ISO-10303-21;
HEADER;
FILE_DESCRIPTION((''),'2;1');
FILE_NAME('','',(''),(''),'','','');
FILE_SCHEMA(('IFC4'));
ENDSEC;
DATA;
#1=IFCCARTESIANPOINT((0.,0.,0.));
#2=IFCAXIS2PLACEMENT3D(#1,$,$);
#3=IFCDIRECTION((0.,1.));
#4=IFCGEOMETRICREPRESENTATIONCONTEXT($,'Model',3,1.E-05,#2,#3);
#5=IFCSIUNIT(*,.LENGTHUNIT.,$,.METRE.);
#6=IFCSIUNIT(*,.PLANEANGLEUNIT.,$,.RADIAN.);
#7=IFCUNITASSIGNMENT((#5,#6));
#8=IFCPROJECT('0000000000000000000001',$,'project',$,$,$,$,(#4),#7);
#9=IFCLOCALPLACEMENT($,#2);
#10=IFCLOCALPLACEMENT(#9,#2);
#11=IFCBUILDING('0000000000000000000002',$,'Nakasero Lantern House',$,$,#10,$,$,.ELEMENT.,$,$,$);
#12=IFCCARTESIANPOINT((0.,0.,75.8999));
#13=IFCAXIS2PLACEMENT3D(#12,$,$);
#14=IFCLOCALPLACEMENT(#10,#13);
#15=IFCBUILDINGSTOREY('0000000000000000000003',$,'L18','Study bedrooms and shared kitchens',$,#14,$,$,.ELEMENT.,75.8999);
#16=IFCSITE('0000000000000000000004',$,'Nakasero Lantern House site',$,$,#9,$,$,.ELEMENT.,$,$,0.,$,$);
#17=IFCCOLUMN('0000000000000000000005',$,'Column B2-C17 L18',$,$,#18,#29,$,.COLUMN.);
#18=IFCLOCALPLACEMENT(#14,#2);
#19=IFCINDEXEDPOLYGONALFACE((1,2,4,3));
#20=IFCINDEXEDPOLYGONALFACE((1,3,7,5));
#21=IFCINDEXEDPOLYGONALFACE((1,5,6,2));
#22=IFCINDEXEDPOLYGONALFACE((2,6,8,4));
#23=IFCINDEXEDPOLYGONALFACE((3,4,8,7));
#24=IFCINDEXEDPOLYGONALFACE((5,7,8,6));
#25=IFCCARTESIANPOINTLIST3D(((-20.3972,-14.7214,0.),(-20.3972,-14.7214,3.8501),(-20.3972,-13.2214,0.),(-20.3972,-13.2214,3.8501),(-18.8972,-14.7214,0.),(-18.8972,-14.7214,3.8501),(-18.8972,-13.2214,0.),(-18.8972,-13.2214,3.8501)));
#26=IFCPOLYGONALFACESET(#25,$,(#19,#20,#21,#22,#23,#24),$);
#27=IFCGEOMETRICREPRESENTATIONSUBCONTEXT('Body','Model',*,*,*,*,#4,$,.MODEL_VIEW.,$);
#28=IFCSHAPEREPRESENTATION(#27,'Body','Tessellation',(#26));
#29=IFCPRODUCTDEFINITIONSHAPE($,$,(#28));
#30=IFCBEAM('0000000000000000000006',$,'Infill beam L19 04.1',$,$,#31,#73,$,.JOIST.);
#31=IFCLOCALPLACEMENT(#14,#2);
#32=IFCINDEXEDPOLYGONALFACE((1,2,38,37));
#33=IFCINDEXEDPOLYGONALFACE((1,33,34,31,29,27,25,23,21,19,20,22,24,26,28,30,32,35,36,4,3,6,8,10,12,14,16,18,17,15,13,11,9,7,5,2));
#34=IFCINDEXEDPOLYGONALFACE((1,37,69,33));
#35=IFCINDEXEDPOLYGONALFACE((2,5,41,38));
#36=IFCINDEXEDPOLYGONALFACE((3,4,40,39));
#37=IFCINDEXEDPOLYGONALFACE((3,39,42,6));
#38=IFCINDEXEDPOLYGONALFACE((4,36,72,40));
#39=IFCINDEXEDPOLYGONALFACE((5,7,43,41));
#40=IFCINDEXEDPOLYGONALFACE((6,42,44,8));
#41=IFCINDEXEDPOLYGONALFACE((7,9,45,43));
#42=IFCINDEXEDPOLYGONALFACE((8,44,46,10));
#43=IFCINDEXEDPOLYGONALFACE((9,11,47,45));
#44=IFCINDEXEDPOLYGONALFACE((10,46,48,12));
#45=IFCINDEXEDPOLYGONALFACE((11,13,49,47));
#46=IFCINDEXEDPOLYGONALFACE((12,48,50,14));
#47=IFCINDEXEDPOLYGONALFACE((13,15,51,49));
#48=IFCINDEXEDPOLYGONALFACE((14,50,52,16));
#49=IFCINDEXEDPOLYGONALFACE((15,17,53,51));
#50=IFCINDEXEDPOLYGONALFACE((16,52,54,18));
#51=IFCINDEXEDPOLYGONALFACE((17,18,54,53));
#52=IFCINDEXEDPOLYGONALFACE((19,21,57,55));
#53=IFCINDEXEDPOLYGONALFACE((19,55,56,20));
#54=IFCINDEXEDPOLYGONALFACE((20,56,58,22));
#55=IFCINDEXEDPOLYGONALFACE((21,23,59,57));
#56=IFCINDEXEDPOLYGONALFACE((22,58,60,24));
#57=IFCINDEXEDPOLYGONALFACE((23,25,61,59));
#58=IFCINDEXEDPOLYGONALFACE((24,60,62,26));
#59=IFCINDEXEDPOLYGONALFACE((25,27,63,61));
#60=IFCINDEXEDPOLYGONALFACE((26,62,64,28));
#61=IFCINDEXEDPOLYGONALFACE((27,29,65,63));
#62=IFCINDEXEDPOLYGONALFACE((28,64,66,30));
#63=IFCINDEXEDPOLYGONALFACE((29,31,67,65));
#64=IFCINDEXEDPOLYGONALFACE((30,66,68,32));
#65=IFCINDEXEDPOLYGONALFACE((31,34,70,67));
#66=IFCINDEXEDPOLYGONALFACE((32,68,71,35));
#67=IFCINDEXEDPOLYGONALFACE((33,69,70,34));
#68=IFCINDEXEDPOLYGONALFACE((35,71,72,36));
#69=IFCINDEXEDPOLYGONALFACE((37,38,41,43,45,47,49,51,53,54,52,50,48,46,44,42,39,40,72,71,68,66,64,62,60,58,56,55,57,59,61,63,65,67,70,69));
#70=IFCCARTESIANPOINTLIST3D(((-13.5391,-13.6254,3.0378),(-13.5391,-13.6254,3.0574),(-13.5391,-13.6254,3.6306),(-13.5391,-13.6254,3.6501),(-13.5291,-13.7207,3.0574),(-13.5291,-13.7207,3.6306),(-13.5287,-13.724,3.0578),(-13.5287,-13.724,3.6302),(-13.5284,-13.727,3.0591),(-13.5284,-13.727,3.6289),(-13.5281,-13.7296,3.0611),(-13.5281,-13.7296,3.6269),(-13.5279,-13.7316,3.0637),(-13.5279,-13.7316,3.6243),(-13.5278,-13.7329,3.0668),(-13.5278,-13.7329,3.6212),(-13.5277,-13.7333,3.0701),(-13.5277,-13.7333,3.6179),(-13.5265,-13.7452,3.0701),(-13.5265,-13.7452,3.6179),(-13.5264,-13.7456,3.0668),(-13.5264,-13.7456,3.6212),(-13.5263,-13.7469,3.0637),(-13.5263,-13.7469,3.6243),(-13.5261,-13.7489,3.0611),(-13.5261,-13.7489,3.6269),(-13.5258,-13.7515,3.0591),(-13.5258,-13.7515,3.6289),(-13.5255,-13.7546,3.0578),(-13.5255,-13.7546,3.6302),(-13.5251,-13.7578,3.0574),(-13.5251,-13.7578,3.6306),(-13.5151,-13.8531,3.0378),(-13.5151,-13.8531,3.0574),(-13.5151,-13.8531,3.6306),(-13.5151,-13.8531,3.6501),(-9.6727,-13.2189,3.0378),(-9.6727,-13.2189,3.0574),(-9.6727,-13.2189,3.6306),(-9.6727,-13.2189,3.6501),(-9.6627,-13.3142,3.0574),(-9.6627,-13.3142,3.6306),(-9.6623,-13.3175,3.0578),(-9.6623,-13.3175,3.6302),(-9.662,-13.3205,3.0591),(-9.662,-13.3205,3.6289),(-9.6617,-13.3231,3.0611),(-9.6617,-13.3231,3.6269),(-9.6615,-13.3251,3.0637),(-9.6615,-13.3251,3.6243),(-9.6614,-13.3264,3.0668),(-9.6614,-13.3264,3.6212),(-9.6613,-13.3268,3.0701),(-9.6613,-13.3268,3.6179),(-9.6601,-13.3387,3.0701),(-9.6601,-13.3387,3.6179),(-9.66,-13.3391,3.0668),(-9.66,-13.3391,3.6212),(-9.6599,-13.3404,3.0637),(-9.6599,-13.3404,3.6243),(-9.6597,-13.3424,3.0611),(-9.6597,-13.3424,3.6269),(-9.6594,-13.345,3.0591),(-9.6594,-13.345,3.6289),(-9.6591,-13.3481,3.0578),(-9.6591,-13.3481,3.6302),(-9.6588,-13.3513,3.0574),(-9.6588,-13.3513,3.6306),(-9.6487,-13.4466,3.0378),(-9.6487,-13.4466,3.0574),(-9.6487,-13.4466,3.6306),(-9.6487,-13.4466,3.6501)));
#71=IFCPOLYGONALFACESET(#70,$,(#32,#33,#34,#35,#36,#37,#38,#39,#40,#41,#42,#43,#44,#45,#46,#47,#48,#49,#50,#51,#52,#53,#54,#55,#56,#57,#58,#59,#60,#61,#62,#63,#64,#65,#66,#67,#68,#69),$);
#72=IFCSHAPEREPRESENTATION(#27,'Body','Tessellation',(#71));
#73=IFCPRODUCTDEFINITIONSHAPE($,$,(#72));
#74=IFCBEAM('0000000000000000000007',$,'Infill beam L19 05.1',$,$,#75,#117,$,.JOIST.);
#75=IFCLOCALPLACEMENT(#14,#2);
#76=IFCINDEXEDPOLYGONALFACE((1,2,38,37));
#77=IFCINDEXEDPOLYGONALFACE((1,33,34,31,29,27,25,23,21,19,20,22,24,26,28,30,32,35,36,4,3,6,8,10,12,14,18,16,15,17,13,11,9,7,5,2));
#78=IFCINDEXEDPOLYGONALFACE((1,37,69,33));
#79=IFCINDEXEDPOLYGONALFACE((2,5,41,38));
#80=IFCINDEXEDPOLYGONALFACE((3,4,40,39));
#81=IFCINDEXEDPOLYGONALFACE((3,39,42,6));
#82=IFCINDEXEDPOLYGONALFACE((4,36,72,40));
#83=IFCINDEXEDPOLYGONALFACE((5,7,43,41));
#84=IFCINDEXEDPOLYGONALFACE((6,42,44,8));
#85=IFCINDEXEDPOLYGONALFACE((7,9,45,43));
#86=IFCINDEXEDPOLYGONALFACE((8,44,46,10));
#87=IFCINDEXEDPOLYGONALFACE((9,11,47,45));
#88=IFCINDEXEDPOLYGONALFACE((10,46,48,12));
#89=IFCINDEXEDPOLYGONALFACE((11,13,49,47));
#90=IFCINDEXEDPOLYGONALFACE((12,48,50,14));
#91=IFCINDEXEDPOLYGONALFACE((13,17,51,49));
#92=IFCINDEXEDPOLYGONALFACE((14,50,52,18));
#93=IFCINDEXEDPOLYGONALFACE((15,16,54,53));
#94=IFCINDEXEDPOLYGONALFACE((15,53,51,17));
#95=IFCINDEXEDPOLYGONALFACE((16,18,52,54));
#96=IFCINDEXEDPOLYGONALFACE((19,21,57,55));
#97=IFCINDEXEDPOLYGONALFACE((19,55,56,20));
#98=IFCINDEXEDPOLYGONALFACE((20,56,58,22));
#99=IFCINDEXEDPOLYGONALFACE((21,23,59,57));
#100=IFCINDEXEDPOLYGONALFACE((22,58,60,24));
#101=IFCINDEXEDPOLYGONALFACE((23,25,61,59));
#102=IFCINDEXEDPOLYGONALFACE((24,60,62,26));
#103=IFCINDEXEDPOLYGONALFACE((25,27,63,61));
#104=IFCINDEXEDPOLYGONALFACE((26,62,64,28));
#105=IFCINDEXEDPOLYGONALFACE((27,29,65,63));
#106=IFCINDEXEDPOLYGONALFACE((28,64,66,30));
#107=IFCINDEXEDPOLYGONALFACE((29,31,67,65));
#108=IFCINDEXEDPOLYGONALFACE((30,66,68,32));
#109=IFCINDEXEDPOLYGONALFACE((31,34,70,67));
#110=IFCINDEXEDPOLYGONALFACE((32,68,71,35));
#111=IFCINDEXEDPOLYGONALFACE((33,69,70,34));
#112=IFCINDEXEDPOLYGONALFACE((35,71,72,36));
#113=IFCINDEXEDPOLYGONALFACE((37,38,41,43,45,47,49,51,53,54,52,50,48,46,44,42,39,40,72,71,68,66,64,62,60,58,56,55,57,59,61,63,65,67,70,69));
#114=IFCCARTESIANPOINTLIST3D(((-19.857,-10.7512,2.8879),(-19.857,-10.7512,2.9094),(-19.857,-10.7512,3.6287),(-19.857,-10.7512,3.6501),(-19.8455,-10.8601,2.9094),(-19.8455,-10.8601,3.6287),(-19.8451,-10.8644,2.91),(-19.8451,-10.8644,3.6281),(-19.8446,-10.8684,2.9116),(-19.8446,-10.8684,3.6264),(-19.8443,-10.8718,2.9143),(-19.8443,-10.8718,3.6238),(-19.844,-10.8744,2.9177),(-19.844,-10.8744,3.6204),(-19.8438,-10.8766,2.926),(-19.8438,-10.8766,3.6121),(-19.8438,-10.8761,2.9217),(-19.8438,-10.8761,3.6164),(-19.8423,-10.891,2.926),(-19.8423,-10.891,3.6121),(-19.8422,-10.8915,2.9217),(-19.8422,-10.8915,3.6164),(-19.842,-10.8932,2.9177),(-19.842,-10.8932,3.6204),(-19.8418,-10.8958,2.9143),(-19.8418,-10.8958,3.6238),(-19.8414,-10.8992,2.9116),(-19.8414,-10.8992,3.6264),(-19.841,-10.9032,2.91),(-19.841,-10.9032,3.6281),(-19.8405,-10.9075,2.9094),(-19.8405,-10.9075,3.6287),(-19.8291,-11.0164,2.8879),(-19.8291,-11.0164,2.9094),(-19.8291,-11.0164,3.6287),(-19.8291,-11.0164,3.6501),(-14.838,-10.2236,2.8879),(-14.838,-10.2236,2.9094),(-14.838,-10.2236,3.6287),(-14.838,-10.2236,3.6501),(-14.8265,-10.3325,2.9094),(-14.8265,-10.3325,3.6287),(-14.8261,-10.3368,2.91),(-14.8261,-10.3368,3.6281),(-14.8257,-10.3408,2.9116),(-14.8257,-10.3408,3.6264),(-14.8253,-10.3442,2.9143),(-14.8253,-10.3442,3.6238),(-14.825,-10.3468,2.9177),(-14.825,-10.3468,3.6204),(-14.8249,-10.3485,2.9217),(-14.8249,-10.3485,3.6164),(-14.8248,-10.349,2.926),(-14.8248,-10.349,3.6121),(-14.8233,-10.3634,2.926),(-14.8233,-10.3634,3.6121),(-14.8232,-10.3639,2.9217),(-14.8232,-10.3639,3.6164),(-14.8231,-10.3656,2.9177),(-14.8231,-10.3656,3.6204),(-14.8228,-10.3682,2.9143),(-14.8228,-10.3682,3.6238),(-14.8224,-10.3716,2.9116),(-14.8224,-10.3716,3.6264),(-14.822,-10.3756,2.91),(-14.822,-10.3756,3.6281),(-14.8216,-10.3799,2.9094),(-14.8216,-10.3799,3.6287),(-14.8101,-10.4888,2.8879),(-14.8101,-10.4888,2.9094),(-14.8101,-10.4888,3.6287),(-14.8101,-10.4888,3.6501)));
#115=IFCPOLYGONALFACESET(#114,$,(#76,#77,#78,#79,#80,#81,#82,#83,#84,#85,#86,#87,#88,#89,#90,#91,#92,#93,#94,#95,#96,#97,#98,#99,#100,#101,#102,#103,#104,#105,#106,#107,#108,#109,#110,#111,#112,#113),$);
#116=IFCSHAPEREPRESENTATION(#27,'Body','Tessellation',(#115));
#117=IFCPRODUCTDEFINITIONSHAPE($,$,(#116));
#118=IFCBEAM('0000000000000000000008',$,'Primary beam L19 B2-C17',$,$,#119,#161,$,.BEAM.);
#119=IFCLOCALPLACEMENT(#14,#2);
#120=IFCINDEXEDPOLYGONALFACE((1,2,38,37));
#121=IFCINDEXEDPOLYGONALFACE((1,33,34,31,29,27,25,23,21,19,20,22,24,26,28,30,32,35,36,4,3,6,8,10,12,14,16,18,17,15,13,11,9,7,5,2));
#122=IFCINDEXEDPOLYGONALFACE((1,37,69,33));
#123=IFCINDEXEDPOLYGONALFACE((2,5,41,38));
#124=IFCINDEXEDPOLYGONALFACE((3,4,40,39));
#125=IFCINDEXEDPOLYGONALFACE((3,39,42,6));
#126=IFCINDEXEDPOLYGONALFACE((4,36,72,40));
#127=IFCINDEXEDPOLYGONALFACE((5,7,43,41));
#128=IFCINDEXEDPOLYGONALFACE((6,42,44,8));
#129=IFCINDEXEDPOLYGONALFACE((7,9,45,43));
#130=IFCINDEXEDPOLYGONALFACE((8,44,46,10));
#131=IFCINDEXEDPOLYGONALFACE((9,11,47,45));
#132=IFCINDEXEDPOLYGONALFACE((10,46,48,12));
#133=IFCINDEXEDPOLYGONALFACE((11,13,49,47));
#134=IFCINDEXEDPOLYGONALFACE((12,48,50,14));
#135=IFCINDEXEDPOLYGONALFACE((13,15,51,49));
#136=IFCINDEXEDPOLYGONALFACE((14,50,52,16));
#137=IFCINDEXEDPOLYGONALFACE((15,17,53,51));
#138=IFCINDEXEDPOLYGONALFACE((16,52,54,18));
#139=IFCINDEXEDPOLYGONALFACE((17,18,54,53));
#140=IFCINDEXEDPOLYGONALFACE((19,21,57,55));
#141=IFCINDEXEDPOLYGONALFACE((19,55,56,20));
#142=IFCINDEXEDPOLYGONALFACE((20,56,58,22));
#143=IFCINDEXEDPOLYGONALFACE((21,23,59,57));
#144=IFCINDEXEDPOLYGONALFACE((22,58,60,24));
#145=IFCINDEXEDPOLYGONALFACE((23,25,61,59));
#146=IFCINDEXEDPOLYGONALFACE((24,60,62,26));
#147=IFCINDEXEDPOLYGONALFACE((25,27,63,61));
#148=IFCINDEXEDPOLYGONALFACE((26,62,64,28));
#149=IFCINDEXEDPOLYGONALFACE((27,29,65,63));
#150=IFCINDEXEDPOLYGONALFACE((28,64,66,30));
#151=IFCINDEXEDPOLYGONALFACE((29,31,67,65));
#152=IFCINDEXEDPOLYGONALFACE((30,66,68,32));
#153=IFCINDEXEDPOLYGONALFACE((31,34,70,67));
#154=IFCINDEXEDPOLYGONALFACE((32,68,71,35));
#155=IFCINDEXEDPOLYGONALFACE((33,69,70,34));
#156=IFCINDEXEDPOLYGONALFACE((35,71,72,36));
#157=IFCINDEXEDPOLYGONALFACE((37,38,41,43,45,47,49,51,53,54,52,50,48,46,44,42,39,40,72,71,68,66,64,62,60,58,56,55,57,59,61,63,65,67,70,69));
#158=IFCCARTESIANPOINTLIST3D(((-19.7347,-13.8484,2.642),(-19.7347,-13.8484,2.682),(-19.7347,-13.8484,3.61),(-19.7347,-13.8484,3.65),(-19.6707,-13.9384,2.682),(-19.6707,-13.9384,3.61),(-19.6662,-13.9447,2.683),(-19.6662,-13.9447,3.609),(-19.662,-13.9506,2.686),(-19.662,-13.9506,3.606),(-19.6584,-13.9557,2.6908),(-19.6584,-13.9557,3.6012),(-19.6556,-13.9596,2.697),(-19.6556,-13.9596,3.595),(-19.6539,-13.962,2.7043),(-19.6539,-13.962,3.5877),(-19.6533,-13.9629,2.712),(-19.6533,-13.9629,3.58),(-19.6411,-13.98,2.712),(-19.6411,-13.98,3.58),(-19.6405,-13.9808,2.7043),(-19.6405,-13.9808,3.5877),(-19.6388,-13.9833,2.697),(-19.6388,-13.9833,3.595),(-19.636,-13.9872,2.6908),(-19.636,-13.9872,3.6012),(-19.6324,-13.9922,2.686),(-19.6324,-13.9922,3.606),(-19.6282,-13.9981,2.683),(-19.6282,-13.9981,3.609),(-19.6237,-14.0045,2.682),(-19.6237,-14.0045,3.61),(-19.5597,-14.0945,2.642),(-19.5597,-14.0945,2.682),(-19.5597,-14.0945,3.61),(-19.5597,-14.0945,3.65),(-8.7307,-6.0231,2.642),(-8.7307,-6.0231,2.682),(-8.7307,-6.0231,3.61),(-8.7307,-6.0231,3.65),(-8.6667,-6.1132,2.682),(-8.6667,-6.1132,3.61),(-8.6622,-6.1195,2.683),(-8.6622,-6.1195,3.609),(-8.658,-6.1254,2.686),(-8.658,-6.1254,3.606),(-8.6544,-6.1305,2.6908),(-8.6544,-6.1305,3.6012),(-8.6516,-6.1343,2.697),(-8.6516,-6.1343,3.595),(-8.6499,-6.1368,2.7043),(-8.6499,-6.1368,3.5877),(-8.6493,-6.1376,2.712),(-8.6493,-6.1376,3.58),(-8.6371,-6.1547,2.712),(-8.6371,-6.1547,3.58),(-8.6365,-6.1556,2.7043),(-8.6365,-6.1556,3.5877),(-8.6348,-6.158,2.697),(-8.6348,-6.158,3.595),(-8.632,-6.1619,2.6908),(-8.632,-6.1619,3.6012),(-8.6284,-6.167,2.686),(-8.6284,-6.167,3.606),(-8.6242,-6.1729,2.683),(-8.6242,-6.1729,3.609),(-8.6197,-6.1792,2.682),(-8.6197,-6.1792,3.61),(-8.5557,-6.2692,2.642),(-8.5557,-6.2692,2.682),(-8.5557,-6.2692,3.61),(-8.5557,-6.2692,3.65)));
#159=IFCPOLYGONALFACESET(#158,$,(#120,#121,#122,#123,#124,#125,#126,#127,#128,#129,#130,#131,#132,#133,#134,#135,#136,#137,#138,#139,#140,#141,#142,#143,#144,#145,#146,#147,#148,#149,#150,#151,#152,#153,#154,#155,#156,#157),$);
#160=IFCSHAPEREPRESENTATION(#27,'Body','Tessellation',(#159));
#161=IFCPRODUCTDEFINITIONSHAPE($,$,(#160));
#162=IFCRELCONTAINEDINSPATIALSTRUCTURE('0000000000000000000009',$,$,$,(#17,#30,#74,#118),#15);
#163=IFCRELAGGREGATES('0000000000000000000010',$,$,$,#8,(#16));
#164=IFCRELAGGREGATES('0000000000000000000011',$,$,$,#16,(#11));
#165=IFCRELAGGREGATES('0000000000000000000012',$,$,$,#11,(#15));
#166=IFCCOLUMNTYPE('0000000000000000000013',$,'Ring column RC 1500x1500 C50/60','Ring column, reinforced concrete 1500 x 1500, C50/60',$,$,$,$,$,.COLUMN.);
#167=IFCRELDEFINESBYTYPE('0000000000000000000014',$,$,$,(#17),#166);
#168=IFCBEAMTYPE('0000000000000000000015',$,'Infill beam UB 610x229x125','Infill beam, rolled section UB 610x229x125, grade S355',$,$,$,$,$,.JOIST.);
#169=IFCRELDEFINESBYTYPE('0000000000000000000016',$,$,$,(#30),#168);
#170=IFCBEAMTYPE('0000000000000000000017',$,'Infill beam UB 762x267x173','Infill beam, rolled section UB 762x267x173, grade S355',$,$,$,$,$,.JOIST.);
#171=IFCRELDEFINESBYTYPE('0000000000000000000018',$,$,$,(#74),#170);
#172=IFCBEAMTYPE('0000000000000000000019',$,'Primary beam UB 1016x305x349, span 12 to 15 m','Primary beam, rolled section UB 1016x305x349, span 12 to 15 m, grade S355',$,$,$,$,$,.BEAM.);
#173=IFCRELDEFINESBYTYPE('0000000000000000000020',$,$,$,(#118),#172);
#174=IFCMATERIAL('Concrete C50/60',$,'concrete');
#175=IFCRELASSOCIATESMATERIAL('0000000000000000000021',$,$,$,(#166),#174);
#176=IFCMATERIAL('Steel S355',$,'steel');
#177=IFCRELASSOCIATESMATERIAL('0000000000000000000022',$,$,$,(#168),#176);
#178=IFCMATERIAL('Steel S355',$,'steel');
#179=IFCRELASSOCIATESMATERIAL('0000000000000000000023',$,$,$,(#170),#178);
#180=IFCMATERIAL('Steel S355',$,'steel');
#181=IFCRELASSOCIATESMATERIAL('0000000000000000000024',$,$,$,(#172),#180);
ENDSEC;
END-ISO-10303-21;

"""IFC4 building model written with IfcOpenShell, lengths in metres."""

from ifc_helpers import new_model, si_unit, direction, frame, origin, origin_2d, place, context, subcontext, project, spatial, rectangle, i_section, extrude, material, material_profile, profile_set, type_object, element, save


model = new_model("IFC4")

# Units and contexts
model_context = context("Model", 3, precision=1e-05, world=origin(), true_north=direction((0.0, 1.0)))
body_context = subcontext(model_context, "Body", "Model", "MODEL_VIEW")
ifc_project = project(units=[si_unit("LENGTHUNIT", "METRE"), si_unit("PLANEANGLEUNIT", "RADIAN")], contexts=[model_context])

# Site, building, storey
site_placement = place(None, origin())
site = spatial("IfcSite", under=ifc_project, at=site_placement, Name="Nakasero Lantern House site", CompositionType="ELEMENT", RefElevation=0.0)
building_placement = place(site_placement, origin())
building = spatial("IfcBuilding", under=site, at=building_placement, Name="Nakasero Lantern House", CompositionType="ELEMENT")
storey_placement = place(building_placement, frame((0.0, 0.0, 75.8999)))
storey = spatial("IfcBuildingStorey", under=building, at=storey_placement, Name="L18", Description="Study bedrooms and shared kitchens", CompositionType="ELEMENT", Elevation=75.8999)

# Column
ifc_material_1 = material(Name="Concrete C50/60", Category="concrete")
ifc_material_profile_1 = material_profile(ifc_material_1, rectangle(XDim=1.5, YDim=1.5, at=origin_2d()), Name="RC 1500x1500")
ifc_profile_set_1 = profile_set([ifc_material_profile_1], Name="Concrete C50/60")
column_type = type_object("IfcColumnType", Name="Ring column RC 1500x1500 C50/60", Description="Ring column, reinforced concrete 1500 x 1500, C50/60", PredefinedType="COLUMN", material=ifc_profile_set_1)
column_placement = place(storey_placement, frame((-19.6472, -13.9714, 0.0), z_axis=(0.0, 0.0, 1.0), x_axis=(1.0, 0.0, 0.0)))
element("IfcColumn", 1, at=column_placement, inside=storey, type_object=column_type, Name="Column B2-C17 L18", PredefinedType="COLUMN", context=body_context, shape_type="SweptSolid", body=[
    extrude(rectangle(XDim=1.5, YDim=1.5, at=origin_2d()), origin(), (0.0, 0.0, 1.0), 3.8501),
])

# Beams
ifc_material_2 = material(Name="Steel S355", Category="steel")
ifc_material_profile_2 = material_profile(ifc_material_2, i_section(OverallWidth=0.229, OverallDepth=0.6123, WebThickness=0.012, FlangeThickness=0.0195, FilletRadius=0.0127, at=origin_2d()), Name="UB 610x229x125")
ifc_profile_set_2 = profile_set([ifc_material_profile_2], Name="Steel S355")
beam_type_1 = type_object("IfcBeamType", Name="Infill beam UB 610x229x125", Description="Infill beam, rolled section UB 610x229x125, grade S355", PredefinedType="JOIST", material=ifc_profile_set_2)
beam_1_placement = place(storey_placement, frame((-13.5271, -13.7393, 3.344), z_axis=(0.994519, 0.104557, 0.0), x_axis=(-0.104557, 0.994519, 0.0)))
element("IfcBeam", 2, at=beam_1_placement, inside=storey, type_object=beam_type_1, Name="Infill beam L19 04.1", PredefinedType="JOIST", context=body_context, shape_type="SweptSolid", body=[
    extrude(i_section(OverallWidth=0.229, OverallDepth=0.6123, WebThickness=0.012, FlangeThickness=0.0195, FilletRadius=0.0127, at=origin_2d()), origin(), (0.0, 0.0, 1.0), 3.8877),
])
ifc_material_3 = material(Name="Steel S355", Category="steel")
ifc_material_profile_3 = material_profile(ifc_material_3, i_section(OverallWidth=0.2666, OverallDepth=0.7622, WebThickness=0.0144, FlangeThickness=0.0215, FilletRadius=0.0166, at=origin_2d()), Name="UB 762x267x173")
ifc_profile_set_3 = profile_set([ifc_material_profile_3], Name="Steel S355")
beam_type_2 = type_object("IfcBeamType", Name="Infill beam UB 762x267x173", Description="Infill beam, rolled section UB 762x267x173, grade S355", PredefinedType="JOIST", material=ifc_profile_set_3)
beam_2_placement = place(storey_placement, frame((-19.843, -10.8838, 3.269), z_axis=(0.994521, 0.104541, 0.0), x_axis=(-0.104541, 0.994521, 0.0)))
element("IfcBeam", 3, at=beam_2_placement, inside=storey, type_object=beam_type_2, Name="Infill beam L19 05.1", PredefinedType="JOIST", context=body_context, shape_type="SweptSolid", body=[
    extrude(i_section(OverallWidth=0.2666, OverallDepth=0.7622, WebThickness=0.0144, FlangeThickness=0.0215, FilletRadius=0.0166, at=origin_2d()), origin(), (0.0, 0.0, 1.0), 5.0466),
])
ifc_material_4 = material(Name="Steel S355", Category="steel")
ifc_material_profile_4 = material_profile(ifc_material_4, i_section(OverallWidth=0.302, OverallDepth=1.0081, WebThickness=0.021, FlangeThickness=0.04, FilletRadius=0.03, at=origin_2d()), Name="UB 1016x305x349")
ifc_profile_set_4 = profile_set([ifc_material_profile_4], Name="Steel S355")
beam_type_3 = type_object("IfcBeamType", Name="Primary beam UB 1016x305x349, span 12 to 15 m", Description="Primary beam, rolled section UB 1016x305x349, span 12 to 15 m, grade S355", PredefinedType="BEAM", material=ifc_profile_set_4)
beam_3_placement = place(storey_placement, frame((-19.6472, -13.9714, 3.146), z_axis=(0.814948, 0.579533, 0.0), x_axis=(-0.579533, 0.814948, 0.0)))
element("IfcBeam", 4, at=beam_3_placement, inside=storey, type_object=beam_type_3, Name="Primary beam L19 B2-C17", PredefinedType="BEAM", context=body_context, shape_type="SweptSolid", body=[
    extrude(i_section(OverallWidth=0.302, OverallDepth=1.0081, WebThickness=0.021, FlangeThickness=0.04, FilletRadius=0.03, at=origin_2d()), origin(), (0.0, 0.0, 1.0), 13.5027),
])

save(model, "model.ifc")
